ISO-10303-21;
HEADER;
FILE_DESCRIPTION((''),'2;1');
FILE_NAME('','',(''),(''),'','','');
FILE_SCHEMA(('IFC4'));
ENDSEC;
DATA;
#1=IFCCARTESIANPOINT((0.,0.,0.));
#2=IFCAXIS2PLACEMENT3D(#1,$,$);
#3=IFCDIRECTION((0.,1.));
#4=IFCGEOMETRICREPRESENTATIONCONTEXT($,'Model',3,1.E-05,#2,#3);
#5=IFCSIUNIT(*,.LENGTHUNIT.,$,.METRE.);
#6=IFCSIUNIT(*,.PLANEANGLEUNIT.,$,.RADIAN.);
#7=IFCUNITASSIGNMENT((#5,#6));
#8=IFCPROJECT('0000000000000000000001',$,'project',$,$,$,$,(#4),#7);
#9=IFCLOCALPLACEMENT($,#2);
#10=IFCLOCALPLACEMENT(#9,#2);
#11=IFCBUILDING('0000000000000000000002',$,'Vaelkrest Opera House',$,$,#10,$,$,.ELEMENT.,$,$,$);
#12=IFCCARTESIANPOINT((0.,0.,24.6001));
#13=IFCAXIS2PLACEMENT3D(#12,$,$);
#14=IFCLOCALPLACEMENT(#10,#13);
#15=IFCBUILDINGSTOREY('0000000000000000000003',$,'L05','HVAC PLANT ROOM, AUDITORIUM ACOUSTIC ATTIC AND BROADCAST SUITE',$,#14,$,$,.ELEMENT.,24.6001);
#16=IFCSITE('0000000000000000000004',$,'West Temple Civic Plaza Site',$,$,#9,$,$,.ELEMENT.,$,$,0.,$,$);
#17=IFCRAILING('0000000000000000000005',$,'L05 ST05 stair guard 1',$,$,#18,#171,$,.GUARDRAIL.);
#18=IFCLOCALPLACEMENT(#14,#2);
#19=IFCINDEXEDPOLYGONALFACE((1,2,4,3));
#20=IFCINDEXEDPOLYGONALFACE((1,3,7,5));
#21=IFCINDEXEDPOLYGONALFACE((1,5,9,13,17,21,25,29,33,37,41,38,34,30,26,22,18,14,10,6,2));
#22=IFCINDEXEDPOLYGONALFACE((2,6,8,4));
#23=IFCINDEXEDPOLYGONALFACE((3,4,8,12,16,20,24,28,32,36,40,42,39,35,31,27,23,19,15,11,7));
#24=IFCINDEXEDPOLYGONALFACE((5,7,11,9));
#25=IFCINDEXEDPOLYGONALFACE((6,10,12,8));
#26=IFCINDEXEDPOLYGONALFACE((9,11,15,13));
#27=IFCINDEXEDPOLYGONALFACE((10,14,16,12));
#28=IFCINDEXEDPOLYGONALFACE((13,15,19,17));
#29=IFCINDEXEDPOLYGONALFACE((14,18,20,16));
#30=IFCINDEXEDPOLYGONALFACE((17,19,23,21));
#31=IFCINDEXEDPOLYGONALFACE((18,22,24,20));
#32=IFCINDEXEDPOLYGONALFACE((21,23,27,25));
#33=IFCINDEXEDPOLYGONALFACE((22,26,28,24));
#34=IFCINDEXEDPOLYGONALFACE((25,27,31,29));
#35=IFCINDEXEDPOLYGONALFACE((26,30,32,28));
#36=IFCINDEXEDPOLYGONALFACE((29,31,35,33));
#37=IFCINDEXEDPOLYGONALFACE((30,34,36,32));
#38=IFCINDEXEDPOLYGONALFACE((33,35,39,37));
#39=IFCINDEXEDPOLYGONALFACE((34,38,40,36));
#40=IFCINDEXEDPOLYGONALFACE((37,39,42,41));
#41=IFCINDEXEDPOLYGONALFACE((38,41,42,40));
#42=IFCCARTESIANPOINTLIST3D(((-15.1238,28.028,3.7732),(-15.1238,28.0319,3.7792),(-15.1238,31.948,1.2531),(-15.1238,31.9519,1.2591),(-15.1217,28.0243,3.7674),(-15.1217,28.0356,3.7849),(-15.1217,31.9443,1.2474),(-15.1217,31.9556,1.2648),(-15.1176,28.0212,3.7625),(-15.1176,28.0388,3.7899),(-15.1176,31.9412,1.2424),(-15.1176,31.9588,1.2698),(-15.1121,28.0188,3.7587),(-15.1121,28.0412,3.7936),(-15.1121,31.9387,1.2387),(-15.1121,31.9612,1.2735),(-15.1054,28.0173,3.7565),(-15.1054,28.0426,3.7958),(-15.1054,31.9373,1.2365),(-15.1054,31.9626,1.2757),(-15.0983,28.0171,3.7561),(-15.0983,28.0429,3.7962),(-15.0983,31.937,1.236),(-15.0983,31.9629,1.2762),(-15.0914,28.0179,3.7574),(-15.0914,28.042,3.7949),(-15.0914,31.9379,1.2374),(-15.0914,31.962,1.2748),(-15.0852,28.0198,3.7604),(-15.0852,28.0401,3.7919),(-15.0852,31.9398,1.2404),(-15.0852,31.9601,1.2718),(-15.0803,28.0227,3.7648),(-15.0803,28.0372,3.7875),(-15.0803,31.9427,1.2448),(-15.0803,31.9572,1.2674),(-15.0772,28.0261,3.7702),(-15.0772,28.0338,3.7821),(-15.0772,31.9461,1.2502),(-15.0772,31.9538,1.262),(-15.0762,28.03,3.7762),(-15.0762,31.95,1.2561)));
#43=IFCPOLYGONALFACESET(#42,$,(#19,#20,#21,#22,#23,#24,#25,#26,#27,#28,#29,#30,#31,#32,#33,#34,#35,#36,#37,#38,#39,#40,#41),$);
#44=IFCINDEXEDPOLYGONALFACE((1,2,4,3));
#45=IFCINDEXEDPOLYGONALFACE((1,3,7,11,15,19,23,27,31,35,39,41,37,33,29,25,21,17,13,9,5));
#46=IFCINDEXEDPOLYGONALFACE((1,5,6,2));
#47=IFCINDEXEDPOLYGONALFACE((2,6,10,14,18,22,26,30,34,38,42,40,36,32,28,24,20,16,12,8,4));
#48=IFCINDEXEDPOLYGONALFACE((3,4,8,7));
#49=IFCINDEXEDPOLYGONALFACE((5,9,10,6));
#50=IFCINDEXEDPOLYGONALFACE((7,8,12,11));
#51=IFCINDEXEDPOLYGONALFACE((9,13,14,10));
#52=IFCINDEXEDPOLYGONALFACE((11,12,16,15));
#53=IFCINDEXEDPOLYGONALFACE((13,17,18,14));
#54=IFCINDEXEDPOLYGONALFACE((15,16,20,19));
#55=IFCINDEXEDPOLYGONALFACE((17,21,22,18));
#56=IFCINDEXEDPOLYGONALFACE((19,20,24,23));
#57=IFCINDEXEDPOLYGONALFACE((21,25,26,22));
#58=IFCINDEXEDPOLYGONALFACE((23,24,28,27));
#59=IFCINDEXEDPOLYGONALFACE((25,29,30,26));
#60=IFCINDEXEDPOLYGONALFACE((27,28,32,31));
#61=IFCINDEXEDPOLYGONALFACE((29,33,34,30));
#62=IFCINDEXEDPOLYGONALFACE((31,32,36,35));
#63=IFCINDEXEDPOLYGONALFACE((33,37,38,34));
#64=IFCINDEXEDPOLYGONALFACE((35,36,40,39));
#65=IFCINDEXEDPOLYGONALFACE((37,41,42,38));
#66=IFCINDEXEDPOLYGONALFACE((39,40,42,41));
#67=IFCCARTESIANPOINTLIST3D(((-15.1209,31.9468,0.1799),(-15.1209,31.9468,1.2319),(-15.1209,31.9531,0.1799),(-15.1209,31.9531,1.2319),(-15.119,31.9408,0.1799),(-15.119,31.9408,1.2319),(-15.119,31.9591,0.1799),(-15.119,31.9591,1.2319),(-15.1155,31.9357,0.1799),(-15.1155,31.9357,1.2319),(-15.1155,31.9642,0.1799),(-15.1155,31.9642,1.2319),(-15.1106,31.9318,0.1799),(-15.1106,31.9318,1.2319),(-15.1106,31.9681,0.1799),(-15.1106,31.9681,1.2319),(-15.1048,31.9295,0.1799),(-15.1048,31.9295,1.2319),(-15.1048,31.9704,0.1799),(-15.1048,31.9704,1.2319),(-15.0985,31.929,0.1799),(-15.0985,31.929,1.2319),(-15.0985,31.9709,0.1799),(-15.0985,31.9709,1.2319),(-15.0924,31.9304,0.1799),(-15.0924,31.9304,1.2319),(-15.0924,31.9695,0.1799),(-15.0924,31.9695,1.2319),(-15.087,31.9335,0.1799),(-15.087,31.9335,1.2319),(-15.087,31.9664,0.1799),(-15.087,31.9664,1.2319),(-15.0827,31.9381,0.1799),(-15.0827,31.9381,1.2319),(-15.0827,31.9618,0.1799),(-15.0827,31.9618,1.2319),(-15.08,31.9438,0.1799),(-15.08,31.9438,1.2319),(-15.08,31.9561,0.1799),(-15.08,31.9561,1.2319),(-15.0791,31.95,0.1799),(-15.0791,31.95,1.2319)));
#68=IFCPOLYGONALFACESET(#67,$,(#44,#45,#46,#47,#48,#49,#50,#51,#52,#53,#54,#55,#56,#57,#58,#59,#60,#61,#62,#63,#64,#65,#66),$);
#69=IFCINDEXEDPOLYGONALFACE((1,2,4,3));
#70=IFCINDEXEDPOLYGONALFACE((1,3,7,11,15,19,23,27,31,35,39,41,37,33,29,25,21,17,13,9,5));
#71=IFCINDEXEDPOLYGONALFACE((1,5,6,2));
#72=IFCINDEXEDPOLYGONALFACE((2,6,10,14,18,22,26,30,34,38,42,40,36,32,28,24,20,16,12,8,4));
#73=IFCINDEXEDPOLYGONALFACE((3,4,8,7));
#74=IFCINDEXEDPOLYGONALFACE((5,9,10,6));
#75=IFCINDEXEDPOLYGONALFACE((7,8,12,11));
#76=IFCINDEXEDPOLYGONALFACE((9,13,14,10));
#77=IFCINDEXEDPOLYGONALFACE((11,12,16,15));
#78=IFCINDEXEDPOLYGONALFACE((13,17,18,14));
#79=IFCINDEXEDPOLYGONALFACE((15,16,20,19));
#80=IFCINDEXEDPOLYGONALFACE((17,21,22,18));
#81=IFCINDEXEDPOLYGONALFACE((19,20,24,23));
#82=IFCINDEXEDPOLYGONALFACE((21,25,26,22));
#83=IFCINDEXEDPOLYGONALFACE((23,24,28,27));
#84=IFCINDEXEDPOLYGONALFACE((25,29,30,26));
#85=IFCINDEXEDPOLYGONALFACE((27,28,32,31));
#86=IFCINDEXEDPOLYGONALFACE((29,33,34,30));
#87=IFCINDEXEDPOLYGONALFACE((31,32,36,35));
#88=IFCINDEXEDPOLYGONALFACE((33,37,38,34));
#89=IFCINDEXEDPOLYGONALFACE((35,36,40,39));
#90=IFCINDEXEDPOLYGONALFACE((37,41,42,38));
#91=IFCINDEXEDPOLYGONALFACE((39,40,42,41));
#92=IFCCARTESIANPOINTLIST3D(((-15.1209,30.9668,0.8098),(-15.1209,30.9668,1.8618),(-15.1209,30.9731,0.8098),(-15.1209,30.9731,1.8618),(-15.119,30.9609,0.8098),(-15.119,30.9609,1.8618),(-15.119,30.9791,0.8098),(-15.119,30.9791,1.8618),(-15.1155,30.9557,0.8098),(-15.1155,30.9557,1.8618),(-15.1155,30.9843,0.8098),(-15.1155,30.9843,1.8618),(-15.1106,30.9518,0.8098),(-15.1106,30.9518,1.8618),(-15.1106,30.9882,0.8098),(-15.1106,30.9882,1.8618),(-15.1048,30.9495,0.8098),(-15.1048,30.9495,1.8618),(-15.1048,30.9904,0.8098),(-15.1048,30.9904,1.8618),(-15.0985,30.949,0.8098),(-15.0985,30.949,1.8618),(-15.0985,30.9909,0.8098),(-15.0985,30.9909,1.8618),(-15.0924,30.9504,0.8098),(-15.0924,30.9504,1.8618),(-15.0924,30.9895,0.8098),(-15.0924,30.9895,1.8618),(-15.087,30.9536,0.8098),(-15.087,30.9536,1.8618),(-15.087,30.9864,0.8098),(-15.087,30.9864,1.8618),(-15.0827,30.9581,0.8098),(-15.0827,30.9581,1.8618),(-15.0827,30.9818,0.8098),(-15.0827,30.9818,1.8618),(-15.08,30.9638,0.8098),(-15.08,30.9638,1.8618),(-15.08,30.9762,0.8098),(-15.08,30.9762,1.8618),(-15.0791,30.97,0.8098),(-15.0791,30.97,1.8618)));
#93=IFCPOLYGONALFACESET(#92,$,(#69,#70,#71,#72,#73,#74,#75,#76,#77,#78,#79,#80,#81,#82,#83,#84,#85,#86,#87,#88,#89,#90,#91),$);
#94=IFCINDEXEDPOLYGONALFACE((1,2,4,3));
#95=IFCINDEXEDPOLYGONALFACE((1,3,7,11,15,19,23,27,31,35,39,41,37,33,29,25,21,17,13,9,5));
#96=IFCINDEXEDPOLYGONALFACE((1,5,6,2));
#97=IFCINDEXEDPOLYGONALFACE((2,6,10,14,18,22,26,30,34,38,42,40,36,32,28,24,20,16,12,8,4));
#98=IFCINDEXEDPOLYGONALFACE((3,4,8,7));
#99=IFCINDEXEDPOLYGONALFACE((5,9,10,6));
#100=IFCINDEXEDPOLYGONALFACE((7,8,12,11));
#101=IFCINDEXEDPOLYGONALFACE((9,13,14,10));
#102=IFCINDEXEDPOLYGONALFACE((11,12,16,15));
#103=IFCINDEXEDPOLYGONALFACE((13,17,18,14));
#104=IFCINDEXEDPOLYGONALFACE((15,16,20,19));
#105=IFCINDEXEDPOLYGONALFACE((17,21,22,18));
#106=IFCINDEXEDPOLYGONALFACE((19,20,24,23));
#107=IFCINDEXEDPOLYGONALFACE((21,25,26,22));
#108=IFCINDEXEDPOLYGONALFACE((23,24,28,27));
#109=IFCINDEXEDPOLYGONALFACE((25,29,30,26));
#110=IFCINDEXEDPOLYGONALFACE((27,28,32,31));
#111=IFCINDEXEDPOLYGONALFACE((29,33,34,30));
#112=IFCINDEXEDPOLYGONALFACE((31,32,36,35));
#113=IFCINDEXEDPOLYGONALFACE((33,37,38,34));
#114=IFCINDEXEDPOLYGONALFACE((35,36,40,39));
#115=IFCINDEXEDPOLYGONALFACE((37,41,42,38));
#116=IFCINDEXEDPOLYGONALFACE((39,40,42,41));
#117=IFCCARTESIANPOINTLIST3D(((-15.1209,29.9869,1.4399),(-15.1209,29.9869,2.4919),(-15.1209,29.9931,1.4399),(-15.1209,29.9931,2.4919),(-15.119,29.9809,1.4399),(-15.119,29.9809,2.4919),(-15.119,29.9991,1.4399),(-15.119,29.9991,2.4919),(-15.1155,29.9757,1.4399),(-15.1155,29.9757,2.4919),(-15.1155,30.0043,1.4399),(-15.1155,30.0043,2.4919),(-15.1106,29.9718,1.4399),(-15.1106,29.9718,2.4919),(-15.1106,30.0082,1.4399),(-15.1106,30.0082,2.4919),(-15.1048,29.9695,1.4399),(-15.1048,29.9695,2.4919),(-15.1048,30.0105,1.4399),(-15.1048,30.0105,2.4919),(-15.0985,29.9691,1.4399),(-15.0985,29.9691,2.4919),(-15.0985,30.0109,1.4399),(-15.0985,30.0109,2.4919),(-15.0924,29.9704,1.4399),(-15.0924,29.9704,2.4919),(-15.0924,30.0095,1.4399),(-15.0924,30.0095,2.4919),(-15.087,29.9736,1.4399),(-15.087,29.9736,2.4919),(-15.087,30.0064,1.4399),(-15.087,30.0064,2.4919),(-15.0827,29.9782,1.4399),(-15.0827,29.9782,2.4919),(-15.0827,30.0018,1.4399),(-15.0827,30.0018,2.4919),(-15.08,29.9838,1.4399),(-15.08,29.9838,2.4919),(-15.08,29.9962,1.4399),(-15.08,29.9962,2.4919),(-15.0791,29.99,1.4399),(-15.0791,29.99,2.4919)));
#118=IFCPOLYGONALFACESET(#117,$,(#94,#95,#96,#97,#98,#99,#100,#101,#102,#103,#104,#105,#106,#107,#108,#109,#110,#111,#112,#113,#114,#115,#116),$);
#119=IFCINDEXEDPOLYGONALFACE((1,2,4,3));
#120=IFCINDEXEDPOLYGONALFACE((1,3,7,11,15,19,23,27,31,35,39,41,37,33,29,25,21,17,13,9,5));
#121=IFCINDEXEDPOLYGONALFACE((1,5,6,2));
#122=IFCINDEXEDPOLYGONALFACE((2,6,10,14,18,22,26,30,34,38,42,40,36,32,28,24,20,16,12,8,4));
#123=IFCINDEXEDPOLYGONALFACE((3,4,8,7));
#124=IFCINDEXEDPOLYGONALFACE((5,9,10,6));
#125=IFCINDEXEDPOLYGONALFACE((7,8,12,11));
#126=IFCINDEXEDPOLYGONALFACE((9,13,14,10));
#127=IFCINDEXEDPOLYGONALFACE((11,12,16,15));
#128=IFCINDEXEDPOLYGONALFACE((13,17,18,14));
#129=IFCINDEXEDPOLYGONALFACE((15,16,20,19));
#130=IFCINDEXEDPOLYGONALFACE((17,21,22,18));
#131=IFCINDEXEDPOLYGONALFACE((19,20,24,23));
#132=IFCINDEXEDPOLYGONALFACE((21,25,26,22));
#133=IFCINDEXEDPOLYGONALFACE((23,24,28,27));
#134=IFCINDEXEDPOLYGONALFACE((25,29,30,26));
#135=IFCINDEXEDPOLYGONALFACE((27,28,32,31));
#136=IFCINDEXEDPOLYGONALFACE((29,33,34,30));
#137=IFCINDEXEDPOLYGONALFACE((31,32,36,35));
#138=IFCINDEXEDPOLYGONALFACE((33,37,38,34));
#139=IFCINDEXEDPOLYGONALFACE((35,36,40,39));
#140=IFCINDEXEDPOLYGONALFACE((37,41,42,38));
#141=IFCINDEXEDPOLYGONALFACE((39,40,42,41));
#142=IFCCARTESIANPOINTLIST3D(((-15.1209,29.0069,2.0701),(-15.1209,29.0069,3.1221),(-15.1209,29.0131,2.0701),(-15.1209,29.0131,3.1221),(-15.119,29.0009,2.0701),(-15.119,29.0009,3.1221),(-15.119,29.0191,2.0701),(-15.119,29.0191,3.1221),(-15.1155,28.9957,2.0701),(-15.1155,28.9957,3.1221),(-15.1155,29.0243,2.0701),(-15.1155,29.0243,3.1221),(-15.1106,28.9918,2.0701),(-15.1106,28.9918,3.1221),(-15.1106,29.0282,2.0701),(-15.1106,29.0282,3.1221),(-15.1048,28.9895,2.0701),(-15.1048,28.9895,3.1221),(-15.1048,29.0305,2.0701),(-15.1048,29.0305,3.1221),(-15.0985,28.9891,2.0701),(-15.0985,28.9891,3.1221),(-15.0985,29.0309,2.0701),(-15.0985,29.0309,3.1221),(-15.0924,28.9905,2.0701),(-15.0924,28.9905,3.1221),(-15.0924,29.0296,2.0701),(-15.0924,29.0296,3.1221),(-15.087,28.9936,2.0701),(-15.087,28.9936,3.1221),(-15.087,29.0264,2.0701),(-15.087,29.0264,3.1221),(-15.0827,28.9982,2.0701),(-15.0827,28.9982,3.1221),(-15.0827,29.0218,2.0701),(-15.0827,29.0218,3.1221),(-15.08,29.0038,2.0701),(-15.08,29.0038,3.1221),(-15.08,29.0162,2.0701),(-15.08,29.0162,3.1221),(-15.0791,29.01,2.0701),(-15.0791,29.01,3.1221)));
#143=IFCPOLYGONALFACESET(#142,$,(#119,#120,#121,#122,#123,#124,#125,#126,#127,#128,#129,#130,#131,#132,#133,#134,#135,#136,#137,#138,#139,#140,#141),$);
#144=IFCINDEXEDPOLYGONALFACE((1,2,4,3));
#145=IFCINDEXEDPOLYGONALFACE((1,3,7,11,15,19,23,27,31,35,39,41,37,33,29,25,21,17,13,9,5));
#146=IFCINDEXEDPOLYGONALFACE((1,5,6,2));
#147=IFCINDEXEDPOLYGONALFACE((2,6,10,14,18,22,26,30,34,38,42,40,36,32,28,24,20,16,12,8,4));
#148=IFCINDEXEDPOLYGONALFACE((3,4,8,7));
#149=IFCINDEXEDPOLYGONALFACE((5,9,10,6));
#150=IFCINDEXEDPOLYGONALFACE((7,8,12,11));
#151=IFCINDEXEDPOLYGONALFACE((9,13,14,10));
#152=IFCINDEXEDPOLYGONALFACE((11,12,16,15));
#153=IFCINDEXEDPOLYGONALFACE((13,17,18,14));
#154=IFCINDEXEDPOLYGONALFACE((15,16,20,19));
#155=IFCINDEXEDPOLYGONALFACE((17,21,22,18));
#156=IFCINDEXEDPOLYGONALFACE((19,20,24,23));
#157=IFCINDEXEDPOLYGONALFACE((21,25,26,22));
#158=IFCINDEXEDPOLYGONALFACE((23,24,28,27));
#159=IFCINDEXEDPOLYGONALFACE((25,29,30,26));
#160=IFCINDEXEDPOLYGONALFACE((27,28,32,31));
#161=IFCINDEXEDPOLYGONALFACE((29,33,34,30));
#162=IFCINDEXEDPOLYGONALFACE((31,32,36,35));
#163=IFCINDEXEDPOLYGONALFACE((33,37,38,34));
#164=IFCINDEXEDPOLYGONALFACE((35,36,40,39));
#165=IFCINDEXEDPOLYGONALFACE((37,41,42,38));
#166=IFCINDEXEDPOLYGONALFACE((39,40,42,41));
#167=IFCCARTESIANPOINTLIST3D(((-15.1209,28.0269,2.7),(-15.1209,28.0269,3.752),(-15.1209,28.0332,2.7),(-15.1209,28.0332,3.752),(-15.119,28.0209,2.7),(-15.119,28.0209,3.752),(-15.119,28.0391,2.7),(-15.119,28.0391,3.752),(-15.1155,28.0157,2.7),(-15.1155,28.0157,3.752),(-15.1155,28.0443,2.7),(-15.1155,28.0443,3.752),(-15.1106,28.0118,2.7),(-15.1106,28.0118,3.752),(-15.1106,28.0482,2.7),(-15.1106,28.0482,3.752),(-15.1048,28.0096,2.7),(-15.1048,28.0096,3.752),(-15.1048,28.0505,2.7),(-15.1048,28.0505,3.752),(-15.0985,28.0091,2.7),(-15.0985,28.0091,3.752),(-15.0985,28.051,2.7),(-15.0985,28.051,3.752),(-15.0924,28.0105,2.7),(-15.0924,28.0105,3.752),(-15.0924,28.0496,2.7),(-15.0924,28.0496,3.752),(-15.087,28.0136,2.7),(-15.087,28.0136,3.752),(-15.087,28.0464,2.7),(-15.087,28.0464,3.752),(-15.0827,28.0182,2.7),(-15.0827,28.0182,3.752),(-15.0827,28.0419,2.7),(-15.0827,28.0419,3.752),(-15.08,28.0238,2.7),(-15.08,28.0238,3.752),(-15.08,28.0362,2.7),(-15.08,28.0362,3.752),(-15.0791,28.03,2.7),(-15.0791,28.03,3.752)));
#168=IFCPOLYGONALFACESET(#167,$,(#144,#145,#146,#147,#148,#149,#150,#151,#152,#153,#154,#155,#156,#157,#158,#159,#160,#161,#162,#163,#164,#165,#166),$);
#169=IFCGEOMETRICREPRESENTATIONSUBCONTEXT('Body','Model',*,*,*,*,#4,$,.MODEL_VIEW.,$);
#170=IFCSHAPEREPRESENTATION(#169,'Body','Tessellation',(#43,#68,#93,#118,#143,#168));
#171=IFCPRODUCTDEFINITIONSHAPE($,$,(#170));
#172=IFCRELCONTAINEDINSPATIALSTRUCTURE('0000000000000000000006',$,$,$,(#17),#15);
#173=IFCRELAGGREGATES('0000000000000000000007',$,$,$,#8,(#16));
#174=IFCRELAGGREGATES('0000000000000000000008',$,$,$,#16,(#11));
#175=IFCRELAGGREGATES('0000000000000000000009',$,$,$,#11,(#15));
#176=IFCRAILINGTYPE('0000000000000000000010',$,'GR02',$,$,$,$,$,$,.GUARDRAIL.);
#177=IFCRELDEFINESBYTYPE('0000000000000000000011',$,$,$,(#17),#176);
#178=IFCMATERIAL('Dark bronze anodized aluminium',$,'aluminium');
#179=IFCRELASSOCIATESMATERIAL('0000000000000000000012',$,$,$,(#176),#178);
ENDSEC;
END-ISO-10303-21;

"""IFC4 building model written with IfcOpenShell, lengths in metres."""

from ifc_helpers import new_model, si_unit, direction, frame, origin, origin_2d, place, context, subcontext, project, spatial, circle, extrude, material, type_object, element, save


model = new_model("IFC4")

# Units and contexts
model_context = context("Model", 3, precision=1e-05, world=origin(), true_north=direction((0.0, 1.0)))
body_context = subcontext(model_context, "Body", "Model", "MODEL_VIEW")
ifc_project = project(units=[si_unit("LENGTHUNIT", "METRE"), si_unit("PLANEANGLEUNIT", "RADIAN")], contexts=[model_context])

# Site, building, storey
site_placement = place(None, origin())
site = spatial("IfcSite", under=ifc_project, at=site_placement, Name="West Temple Civic Plaza Site", CompositionType="ELEMENT", RefElevation=0.0)
building_placement = place(site_placement, origin())
building = spatial("IfcBuilding", under=site, at=building_placement, Name="Vaelkrest Opera House", CompositionType="ELEMENT")
storey_placement = place(building_placement, frame((0.0, 0.0, 24.6001)))
storey = spatial("IfcBuildingStorey", under=building, at=storey_placement, Name="L05", Description="HVAC PLANT ROOM, AUDITORIUM ACOUSTIC ATTIC AND BROADCAST SUITE", CompositionType="ELEMENT", Elevation=24.6001)

# Railing
ifc_material_1 = material(Name="Dark bronze anodized aluminium", Category="aluminium")
railing_type_1 = type_object("IfcRailingType", Name="GR02", PredefinedType="GUARDRAIL", material=ifc_material_1)
railing_1_placement = place(storey_placement, frame((-15.1001, 31.95, 0.1799)))
element("IfcRailing", 1, at=railing_1_placement, inside=storey, type_object=railing_type_1, Name="L05 ST05 stair guard 1", PredefinedType="GUARDRAIL", context=body_context, shape_type="SweptSolid", body=[
    extrude(circle(Radius=0.0239, at=origin_2d()), frame((0.0, 0.0, 1.0762), z_axis=(0.0, -0.841172, 0.540768), x_axis=(1.0, 0.0, 0.0)), (0.0, 0.0, 1.0), 4.6602),
    extrude(circle(Radius=0.021, at=origin_2d()), origin(), (0.0, 0.0, 1.0), 1.052),
    extrude(circle(Radius=0.021, at=origin_2d()), frame((0.0, -0.98, 0.6299)), (0.0, 0.0, 1.0), 1.052),
    extrude(circle(Radius=0.021, at=origin_2d()), frame((0.0, -1.96, 1.26)), (0.0, 0.0, 1.0), 1.052),
    extrude(circle(Radius=0.021, at=origin_2d()), frame((0.0, -2.9399, 1.8901)), (0.0, 0.0, 1.0), 1.052),
    extrude(circle(Radius=0.021, at=origin_2d()), frame((0.0, -3.9199, 2.52)), (0.0, 0.0, 1.0), 1.052),
])

save(model, "model.ifc")
